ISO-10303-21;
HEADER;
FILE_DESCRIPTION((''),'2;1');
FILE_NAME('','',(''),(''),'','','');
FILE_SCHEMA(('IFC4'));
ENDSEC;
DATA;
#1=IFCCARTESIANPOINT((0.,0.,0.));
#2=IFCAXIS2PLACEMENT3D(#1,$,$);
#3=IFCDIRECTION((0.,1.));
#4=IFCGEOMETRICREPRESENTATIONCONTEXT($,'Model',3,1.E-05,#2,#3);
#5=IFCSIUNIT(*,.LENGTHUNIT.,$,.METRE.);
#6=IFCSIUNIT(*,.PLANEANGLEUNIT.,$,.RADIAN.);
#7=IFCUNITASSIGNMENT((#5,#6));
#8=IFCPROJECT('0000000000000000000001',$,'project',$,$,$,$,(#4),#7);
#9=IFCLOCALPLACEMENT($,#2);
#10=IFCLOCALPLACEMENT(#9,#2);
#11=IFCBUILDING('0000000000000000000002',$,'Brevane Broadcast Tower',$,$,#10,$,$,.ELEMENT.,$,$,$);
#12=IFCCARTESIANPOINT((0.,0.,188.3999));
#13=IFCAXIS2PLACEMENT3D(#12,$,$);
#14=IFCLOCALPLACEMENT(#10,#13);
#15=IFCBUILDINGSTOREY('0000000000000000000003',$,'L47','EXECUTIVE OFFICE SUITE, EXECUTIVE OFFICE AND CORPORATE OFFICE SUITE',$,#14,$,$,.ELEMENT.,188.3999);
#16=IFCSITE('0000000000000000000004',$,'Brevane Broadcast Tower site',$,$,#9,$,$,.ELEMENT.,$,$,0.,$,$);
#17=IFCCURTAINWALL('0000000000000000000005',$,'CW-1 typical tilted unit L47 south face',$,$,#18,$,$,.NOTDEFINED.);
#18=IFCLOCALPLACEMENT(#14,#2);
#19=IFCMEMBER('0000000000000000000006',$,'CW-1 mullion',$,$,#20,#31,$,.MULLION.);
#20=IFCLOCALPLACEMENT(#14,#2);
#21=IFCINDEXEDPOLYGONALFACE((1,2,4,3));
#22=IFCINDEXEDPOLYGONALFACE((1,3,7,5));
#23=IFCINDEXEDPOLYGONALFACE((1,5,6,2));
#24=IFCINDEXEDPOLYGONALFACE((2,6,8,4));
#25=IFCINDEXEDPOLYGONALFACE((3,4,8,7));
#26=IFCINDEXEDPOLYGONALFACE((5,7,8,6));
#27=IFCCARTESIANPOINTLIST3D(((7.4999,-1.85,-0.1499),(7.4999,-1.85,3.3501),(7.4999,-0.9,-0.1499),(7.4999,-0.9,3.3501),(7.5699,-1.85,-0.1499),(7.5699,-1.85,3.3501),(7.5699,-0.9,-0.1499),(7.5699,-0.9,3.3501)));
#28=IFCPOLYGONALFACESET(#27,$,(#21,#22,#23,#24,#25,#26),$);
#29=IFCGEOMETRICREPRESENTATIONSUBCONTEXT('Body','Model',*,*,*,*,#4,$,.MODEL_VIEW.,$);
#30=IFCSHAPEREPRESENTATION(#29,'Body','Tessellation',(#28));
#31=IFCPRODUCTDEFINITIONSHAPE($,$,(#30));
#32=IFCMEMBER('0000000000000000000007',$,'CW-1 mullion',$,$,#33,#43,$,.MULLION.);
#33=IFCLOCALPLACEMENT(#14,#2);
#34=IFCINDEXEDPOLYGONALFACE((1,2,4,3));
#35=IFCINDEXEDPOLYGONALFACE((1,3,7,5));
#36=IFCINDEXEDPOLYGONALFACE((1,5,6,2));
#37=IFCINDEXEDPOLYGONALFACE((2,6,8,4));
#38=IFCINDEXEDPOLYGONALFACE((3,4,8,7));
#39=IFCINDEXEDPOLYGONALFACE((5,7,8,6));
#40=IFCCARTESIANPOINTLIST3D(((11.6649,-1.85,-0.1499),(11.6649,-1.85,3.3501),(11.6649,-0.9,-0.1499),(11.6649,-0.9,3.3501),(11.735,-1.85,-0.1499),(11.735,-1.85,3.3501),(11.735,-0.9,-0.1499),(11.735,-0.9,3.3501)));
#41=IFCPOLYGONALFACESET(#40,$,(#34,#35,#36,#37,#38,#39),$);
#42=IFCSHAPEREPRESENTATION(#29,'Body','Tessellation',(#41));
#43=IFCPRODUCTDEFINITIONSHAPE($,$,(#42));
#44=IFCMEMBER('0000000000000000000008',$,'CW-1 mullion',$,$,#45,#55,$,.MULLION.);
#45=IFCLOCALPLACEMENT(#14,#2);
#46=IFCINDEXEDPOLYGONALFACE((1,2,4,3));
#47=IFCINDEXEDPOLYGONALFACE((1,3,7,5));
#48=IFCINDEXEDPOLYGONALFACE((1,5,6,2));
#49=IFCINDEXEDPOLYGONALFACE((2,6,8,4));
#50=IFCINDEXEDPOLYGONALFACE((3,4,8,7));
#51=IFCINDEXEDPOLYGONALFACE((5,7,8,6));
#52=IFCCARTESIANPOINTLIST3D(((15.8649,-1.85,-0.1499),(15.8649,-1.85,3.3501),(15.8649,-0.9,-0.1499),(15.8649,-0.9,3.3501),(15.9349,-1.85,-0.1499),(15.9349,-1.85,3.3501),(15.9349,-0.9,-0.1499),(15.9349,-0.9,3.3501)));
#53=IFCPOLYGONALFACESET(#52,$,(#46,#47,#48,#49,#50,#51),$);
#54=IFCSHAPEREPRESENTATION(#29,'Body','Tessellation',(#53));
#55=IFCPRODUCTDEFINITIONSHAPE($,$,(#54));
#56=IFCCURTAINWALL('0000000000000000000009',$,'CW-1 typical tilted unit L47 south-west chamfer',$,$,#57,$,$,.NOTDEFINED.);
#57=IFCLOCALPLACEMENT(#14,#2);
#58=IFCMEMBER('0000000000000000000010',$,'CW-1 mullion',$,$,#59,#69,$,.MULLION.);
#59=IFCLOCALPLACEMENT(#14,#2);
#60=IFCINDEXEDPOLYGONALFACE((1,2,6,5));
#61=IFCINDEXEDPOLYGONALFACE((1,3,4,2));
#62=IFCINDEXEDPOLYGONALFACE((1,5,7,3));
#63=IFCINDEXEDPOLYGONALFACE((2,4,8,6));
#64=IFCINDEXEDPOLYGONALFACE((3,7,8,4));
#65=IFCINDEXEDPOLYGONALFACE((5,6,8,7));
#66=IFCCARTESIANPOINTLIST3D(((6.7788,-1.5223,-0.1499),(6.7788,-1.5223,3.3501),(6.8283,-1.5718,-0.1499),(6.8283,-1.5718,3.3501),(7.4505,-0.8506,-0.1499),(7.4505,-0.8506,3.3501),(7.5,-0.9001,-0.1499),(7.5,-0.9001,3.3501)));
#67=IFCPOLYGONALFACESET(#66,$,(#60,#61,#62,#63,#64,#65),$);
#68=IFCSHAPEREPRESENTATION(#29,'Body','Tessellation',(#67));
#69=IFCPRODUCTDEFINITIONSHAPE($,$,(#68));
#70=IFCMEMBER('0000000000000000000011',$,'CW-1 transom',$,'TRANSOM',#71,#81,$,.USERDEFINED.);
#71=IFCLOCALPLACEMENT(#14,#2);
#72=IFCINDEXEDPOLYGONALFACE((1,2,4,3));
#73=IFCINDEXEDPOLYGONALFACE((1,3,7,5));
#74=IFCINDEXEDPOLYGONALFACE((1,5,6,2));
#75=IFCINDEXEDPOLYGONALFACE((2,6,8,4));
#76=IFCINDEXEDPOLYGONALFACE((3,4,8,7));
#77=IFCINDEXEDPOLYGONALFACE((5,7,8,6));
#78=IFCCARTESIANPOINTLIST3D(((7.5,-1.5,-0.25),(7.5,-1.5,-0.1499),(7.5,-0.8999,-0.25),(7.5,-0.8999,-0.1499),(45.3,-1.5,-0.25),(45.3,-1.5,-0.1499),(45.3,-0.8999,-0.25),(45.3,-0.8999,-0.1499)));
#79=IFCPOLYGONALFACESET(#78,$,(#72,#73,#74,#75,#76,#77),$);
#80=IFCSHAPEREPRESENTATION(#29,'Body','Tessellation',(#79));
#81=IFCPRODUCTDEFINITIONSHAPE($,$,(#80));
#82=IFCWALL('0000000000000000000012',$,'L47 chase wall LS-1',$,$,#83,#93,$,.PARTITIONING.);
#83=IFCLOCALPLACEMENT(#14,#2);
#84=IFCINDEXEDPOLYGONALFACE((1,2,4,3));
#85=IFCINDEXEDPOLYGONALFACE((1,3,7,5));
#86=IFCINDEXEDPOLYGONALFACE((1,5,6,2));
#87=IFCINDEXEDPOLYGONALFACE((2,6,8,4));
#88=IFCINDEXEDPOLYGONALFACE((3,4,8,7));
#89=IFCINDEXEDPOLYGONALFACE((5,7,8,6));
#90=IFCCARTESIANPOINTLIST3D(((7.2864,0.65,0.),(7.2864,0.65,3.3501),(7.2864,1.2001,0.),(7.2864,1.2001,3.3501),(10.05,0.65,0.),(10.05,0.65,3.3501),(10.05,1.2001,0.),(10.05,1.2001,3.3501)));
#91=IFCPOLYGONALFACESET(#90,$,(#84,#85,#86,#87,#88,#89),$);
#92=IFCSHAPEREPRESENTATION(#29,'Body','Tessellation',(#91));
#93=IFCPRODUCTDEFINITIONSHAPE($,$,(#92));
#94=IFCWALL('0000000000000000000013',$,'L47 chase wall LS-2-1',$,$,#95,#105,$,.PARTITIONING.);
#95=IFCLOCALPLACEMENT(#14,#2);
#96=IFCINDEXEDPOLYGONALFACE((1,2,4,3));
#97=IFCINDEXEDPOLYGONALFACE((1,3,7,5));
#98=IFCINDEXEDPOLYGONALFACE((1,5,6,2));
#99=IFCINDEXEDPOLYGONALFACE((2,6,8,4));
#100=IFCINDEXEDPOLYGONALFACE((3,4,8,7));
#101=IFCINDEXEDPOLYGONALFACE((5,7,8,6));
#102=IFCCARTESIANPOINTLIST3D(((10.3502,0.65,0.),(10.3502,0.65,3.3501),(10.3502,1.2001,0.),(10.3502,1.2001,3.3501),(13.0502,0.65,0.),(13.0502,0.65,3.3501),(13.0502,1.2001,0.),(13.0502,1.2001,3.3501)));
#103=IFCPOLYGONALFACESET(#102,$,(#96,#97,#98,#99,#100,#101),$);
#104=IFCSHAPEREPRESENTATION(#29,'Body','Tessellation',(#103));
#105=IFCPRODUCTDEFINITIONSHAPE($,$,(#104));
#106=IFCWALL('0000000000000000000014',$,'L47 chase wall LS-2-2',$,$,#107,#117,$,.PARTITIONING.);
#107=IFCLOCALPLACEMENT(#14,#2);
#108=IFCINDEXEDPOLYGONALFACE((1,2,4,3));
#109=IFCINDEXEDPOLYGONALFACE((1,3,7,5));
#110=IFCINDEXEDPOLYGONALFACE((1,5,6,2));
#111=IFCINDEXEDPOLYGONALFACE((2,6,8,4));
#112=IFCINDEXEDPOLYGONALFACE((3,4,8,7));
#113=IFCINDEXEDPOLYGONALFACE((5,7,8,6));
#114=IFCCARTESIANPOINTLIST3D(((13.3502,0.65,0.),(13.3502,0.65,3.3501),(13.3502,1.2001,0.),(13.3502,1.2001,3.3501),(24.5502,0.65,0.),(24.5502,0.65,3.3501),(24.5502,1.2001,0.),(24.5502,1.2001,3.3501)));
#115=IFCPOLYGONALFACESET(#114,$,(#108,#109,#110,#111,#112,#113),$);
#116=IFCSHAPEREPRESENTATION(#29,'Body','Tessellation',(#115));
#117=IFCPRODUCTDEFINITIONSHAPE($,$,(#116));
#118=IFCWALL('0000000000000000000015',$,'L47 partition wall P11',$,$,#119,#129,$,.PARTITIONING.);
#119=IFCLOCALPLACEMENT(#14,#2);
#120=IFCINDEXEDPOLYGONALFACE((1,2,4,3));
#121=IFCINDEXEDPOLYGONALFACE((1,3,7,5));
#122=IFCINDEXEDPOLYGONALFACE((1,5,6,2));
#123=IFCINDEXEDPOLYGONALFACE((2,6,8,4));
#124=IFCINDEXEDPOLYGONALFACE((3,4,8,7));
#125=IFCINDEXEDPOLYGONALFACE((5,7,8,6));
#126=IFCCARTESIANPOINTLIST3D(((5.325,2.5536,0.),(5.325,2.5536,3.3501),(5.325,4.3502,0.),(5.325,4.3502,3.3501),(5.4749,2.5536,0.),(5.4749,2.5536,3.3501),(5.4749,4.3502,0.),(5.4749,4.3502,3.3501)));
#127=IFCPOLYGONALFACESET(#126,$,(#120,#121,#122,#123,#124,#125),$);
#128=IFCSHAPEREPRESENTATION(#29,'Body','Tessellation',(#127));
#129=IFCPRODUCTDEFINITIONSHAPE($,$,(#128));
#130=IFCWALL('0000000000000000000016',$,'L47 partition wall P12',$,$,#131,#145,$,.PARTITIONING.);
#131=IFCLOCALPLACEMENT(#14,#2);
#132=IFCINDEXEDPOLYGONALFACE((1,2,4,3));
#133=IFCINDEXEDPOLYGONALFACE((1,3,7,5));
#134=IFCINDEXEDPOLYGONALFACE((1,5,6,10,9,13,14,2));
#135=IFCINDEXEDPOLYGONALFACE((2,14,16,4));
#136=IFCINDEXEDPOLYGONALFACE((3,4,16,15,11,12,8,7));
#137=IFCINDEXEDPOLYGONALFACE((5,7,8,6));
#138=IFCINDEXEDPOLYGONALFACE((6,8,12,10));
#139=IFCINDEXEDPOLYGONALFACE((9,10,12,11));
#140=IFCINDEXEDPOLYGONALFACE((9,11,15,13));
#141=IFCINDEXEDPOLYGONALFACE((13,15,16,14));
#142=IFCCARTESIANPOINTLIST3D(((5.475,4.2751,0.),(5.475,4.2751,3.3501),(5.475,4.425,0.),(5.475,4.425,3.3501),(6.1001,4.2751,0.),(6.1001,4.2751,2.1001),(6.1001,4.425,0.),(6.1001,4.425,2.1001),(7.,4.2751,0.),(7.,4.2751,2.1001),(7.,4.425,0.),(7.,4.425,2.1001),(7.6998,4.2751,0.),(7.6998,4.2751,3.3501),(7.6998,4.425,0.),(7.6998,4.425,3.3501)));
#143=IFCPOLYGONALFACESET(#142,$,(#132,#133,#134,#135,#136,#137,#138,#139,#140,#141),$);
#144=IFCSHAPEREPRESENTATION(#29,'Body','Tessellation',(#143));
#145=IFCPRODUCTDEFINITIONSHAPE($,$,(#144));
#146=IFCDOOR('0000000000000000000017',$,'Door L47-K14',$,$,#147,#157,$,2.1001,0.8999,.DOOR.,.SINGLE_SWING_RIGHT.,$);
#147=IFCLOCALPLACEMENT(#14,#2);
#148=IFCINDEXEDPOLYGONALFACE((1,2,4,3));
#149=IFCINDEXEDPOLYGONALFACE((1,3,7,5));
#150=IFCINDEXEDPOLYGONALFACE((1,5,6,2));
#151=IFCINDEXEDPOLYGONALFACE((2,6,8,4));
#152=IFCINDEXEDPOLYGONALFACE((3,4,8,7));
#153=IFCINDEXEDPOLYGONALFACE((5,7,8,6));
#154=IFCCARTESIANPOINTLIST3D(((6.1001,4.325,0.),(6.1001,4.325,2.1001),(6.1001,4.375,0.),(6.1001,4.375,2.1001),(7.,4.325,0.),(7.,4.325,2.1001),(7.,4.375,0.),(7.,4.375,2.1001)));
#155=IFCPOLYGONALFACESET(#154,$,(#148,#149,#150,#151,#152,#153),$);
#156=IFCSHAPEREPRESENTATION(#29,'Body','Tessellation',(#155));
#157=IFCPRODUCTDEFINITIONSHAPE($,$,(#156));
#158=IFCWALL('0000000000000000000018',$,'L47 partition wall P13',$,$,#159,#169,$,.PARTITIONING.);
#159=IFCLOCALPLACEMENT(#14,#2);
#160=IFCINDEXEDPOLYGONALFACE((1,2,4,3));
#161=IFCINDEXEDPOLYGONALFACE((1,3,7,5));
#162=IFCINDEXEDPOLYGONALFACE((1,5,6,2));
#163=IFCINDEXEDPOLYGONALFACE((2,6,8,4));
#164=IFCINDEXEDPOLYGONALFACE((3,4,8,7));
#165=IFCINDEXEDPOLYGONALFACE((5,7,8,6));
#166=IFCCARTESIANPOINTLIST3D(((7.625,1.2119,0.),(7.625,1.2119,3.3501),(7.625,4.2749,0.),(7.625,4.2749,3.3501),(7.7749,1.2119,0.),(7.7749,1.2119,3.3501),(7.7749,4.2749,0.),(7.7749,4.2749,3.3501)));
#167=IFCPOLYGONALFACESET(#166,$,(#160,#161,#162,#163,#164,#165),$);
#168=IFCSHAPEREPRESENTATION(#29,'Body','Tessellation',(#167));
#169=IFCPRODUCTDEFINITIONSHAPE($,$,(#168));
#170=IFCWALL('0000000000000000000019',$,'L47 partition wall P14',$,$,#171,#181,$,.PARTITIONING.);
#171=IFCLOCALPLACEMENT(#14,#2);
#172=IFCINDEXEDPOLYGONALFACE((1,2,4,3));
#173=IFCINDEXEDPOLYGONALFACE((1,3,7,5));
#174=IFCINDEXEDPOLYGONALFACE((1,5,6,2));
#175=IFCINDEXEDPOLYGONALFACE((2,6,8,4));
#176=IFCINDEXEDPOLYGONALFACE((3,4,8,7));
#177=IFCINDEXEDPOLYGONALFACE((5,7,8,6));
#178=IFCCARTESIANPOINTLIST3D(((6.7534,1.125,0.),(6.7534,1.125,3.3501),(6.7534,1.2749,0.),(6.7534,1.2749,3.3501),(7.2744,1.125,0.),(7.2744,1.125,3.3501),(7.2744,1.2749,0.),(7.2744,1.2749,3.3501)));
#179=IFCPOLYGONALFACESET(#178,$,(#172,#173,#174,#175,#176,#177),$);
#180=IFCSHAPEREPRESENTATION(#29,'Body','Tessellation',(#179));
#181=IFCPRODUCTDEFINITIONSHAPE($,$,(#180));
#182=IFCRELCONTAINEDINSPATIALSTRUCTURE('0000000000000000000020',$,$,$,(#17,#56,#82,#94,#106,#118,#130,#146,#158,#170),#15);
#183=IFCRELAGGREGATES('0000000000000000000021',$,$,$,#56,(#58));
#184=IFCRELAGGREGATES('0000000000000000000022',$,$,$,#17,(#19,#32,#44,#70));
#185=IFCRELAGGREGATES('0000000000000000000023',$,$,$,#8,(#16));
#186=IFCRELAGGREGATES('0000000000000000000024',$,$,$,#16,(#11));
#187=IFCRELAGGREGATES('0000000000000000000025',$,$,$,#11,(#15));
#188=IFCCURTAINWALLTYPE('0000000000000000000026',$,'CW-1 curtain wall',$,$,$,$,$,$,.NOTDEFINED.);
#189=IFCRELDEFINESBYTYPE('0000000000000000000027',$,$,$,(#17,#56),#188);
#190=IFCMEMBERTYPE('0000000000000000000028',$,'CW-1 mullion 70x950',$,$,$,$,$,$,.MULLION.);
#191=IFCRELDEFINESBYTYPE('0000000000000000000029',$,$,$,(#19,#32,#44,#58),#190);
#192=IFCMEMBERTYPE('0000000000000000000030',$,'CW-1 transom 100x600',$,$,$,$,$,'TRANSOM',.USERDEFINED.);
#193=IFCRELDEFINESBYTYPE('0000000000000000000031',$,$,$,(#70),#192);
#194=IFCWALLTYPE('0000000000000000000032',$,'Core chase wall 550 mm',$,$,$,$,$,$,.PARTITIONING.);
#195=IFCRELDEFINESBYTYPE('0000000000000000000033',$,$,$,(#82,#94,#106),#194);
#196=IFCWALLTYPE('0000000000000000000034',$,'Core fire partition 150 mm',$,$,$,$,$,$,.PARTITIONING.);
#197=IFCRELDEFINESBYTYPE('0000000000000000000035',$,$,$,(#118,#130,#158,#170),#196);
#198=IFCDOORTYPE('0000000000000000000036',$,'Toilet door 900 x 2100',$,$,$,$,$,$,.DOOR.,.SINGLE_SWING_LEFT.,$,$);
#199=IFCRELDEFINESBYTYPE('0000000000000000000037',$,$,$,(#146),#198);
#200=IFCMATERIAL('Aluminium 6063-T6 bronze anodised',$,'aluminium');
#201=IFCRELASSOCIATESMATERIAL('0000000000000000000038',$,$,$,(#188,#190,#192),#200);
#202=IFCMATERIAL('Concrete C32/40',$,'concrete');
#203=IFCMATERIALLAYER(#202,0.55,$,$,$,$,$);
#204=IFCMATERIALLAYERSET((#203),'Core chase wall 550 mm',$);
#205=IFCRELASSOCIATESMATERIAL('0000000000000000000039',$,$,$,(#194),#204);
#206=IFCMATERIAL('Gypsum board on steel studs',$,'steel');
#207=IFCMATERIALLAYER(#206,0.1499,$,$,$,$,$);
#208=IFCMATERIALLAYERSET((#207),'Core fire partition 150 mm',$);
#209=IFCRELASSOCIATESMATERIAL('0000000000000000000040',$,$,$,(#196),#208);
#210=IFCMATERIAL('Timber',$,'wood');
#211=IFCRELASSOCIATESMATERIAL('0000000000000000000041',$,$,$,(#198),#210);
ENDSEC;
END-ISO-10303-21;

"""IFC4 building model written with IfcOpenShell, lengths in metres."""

from ifc_helpers import new_model, si_unit, direction, frame, frame_2d, origin, origin_2d, place, context, subcontext, project, spatial, rectangle, extrude, material, layer, layer_set, material_profile, profile_set, type_object, element, fill, aggregate, save


model = new_model("IFC4")

# Units and contexts
model_context = context("Model", 3, precision=1e-05, world=origin(), true_north=direction((0.0, 1.0)))
body_context = subcontext(model_context, "Body", "Model", "MODEL_VIEW")
ifc_project = project(units=[si_unit("LENGTHUNIT", "METRE"), si_unit("PLANEANGLEUNIT", "RADIAN")], contexts=[model_context])

# Site, building, storey
site_placement = place(None, origin())
site = spatial("IfcSite", under=ifc_project, at=site_placement, Name="Brevane Broadcast Tower site", CompositionType="ELEMENT", RefElevation=0.0)
building_placement = place(site_placement, origin())
building = spatial("IfcBuilding", under=site, at=building_placement, Name="Brevane Broadcast Tower", CompositionType="ELEMENT")
storey_placement = place(building_placement, frame((0.0, 0.0, 188.3999)))
storey = spatial("IfcBuildingStorey", under=building, at=storey_placement, Name="L47", Description="EXECUTIVE OFFICE SUITE, EXECUTIVE OFFICE AND CORPORATE OFFICE SUITE", CompositionType="ELEMENT", Elevation=188.3999)

# Curtain wall, members
ifc_material_1 = material(Name="Aluminium 6063-T6 bronze anodised", Category="aluminium")
curtain_wall_type = type_object("IfcCurtainWallType", Name="CW-1 curtain wall", PredefinedType="NOTDEFINED", material=ifc_material_1)
curtain_wall_1_placement = place(storey_placement, origin())
curtain_wall_1 = element("IfcCurtainWall", 1, at=curtain_wall_1_placement, inside=storey, type_object=curtain_wall_type, Name="CW-1 typical tilted unit L47 south face", PredefinedType="NOTDEFINED")
ifc_material_profile_1 = material_profile(ifc_material_1, rectangle(XDim=0.95, YDim=0.0701, at=origin_2d()), Name="RECT 70x950")
ifc_profile_set_1 = profile_set([ifc_material_profile_1], Name="Aluminium 6063-T6 bronze anodised")
member_type_1 = type_object("IfcMemberType", Name="CW-1 mullion 70x950", PredefinedType="MULLION", material=ifc_profile_set_1)
member_1_placement = place(storey_placement, frame((7.5349, -1.375, -0.1499), z_axis=(0.0, 0.0, 1.0), x_axis=(0.0, 1.0, 0.0)))
member_1 = element("IfcMember", 2, at=member_1_placement, type_object=member_type_1, Name="CW-1 mullion", PredefinedType="MULLION", context=body_context, shape_type="SweptSolid", body=[
    extrude(rectangle(XDim=0.95, YDim=0.0701, at=origin_2d()), origin(), (0.0, 0.0, 1.0), 3.5),
])
member_2_placement = place(storey_placement, frame((11.7, -1.375, -0.1499), z_axis=(0.0, 0.0, 1.0), x_axis=(0.0, 1.0, 0.0)))
member_2 = element("IfcMember", 3, at=member_2_placement, type_object=member_type_1, Name="CW-1 mullion", PredefinedType="MULLION", context=body_context, shape_type="SweptSolid", body=[
    extrude(rectangle(XDim=0.95, YDim=0.0701, at=origin_2d()), origin(), (0.0, 0.0, 1.0), 3.5),
])
member_3_placement = place(storey_placement, frame((15.8999, -1.375, -0.1499), z_axis=(0.0, 0.0, 1.0), x_axis=(0.0, 1.0, 0.0)))
member_3 = element("IfcMember", 4, at=member_3_placement, type_object=member_type_1, Name="CW-1 mullion", PredefinedType="MULLION", context=body_context, shape_type="SweptSolid", body=[
    extrude(rectangle(XDim=0.95, YDim=0.0701, at=origin_2d()), origin(), (0.0, 0.0, 1.0), 3.5),
])

# Curtain wall, member
curtain_wall_2_placement = place(storey_placement, origin())
curtain_wall_2 = element("IfcCurtainWall", 5, at=curtain_wall_2_placement, inside=storey, type_object=curtain_wall_type, Name="CW-1 typical tilted unit L47 south-west chamfer", PredefinedType="NOTDEFINED")
member_4_placement = place(storey_placement, frame((7.1394, -1.2112, -0.1499), z_axis=(0.0, 0.0, 1.0), x_axis=(0.707107, 0.707107, 0.0)))
member_4 = element("IfcMember", 6, at=member_4_placement, type_object=member_type_1, Name="CW-1 mullion", PredefinedType="MULLION", context=body_context, shape_type="SweptSolid", body=[
    extrude(rectangle(XDim=0.95, YDim=0.0701, at=origin_2d()), origin(), (0.0, 0.0, 1.0), 3.5),
])
aggregate(curtain_wall_2, [member_4])

# Member
ifc_material_profile_2 = material_profile(ifc_material_1, rectangle(XDim=0.6001, YDim=0.1001, at=origin_2d()), Name="RECT 100x600")
ifc_profile_set_2 = profile_set([ifc_material_profile_2], Name="Aluminium 6063-T6 bronze anodised")
member_type_2 = type_object("IfcMemberType", Name="CW-1 transom 100x600", ElementType="TRANSOM", PredefinedType="USERDEFINED", material=ifc_profile_set_2)
member_5_placement = place(storey_placement, frame((7.5, -1.2, -0.2), z_axis=(1.0, 0.0, 0.0), x_axis=(0.0, 1.0, 0.0)))
member_5 = element("IfcMember", 7, at=member_5_placement, type_object=member_type_2, Name="CW-1 transom", ObjectType="TRANSOM", PredefinedType="USERDEFINED", context=body_context, shape_type="SweptSolid", body=[
    extrude(rectangle(XDim=0.6001, YDim=0.1001, at=origin_2d()), origin(), (0.0, 0.0, 1.0), 37.8),
])
aggregate(curtain_wall_1, [member_1, member_2, member_3, member_5])

# Walls
ifc_material_2 = material(Name="Concrete C32/40", Category="concrete")
ifc_layer_1 = layer(ifc_material_2, 0.55)
ifc_layer_set_1 = layer_set([ifc_layer_1], Name="Core chase wall 550 mm")
wall_type_1 = type_object("IfcWallType", Name="Core chase wall 550 mm", PredefinedType="PARTITIONING", material=ifc_layer_set_1)
wall_1_placement = place(storey_placement, frame((7.2864, 0.925, 0.0), z_axis=(0.0, 0.0, 1.0), x_axis=(1.0, 0.0, 0.0)))
element("IfcWall", 8, at=wall_1_placement, inside=storey, type_object=wall_type_1, Name="L47 chase wall LS-1", PredefinedType="PARTITIONING", context=body_context, shape_type="SweptSolid", body=[
    extrude(rectangle(XDim=2.7637, YDim=0.55, at=frame_2d((1.3818, 0.0))), origin(), (0.0, 0.0, 1.0), 3.3501),
])
wall_2_placement = place(storey_placement, frame((10.3501, 0.925, 0.0), z_axis=(0.0, 0.0, 1.0), x_axis=(1.0, 0.0, 0.0)))
element("IfcWall", 9, at=wall_2_placement, inside=storey, type_object=wall_type_1, Name="L47 chase wall LS-2-1", PredefinedType="PARTITIONING", context=body_context, shape_type="SweptSolid", body=[
    extrude(rectangle(XDim=2.7, YDim=0.55, at=frame_2d((1.3501, 0.0))), origin(), (0.0, 0.0, 1.0), 3.3501),
])
wall_3_placement = place(storey_placement, frame((13.3501, 0.925, 0.0), z_axis=(0.0, 0.0, 1.0), x_axis=(1.0, 0.0, 0.0)))
element("IfcWall", 10, at=wall_3_placement, inside=storey, type_object=wall_type_1, Name="L47 chase wall LS-2-2", PredefinedType="PARTITIONING", context=body_context, shape_type="SweptSolid", body=[
    extrude(rectangle(XDim=11.2, YDim=0.55, at=frame_2d((5.6001, 0.0))), origin(), (0.0, 0.0, 1.0), 3.3501),
])
ifc_material_3 = material(Name="Gypsum board on steel studs", Category="steel")
ifc_layer_2 = layer(ifc_material_3, 0.1499)
ifc_layer_set_2 = layer_set([ifc_layer_2], Name="Core fire partition 150 mm")
wall_type_2 = type_object("IfcWallType", Name="Core fire partition 150 mm", PredefinedType="PARTITIONING", material=ifc_layer_set_2)
wall_4_placement = place(storey_placement, frame((5.3999, 2.5535, 0.0), z_axis=(0.0, 0.0, 1.0), x_axis=(0.0, 1.0, 0.0)))
element("IfcWall", 11, at=wall_4_placement, inside=storey, type_object=wall_type_2, Name="L47 partition wall P11", PredefinedType="PARTITIONING", context=body_context, shape_type="SweptSolid", body=[
    extrude(rectangle(XDim=1.7966, YDim=0.1499, at=frame_2d((0.8984, 0.0))), origin(), (0.0, 0.0, 1.0), 3.3501),
])

# Wall, opening, door
wall_5_placement = place(storey_placement, frame((5.4751, 4.3501, 0.0), z_axis=(0.0, 0.0, 1.0), x_axis=(1.0, 0.0, 0.0)))
wall_5 = element("IfcWall", 12, at=wall_5_placement, inside=storey, type_object=wall_type_2, Name="L47 partition wall P12", PredefinedType="PARTITIONING", context=body_context, shape_type="SweptSolid", body=[
    extrude(rectangle(XDim=2.2249, YDim=0.1499, at=frame_2d((1.1123, 0.0))), origin(), (0.0, 0.0, 1.0), 3.3501),
])
opening_1_placement = place(wall_5_placement, frame((0.625, 0.0, 0.0)))
opening_1 = element("IfcOpeningElement", 13, at=opening_1_placement, cuts=wall_5, PredefinedType="OPENING", context=body_context, shape_type="SweptSolid", body=[
    extrude(rectangle(XDim=0.8999, YDim=2.1001, at=frame_2d((0.45, 1.05))), frame((0.0, 0.085, 0.0), z_axis=(0.0, -1.0, 0.0), x_axis=(1.0, 0.0, 0.0)), (0.0, 0.0, 1.0), 0.1699),
])
ifc_material_4 = material(Name="Timber", Category="wood")
door_type_1 = type_object("IfcDoorType", Name="Toilet door 900 x 2100", OperationType="SINGLE_SWING_LEFT", PredefinedType="DOOR", material=ifc_material_4)
door_1_placement = place(opening_1_placement, origin())
door_1 = element("IfcDoor", 14, at=door_1_placement, inside=storey, type_object=door_type_1, Name="Door L47-K14", OperationType="SINGLE_SWING_RIGHT", OverallHeight=2.1001, OverallWidth=0.8999, PredefinedType="DOOR", context=body_context, shape_type="SweptSolid", body=[
    extrude(rectangle(XDim=0.8999, YDim=2.1001, at=frame_2d((0.45, 1.05))), frame((0.0, 0.0249, 0.0), z_axis=(0.0, -1.0, 0.0), x_axis=(1.0, 0.0, 0.0)), (0.0, 0.0, 1.0), 0.05),
])
fill(opening_1, door_1)

# Walls
wall_6_placement = place(storey_placement, frame((7.7, 4.2749, 0.0), z_axis=(0.0, 0.0, 1.0), x_axis=(0.0, -1.0, 0.0)))
element("IfcWall", 15, at=wall_6_placement, inside=storey, type_object=wall_type_2, Name="L47 partition wall P13", PredefinedType="PARTITIONING", context=body_context, shape_type="SweptSolid", body=[
    extrude(rectangle(XDim=3.063, YDim=0.1499, at=frame_2d((1.5315, 0.0))), origin(), (0.0, 0.0, 1.0), 3.3501),
])
wall_7_placement = place(storey_placement, frame((7.2744, 1.2, 0.0), z_axis=(0.0, 0.0, 1.0), x_axis=(-1.0, 0.0, 0.0)))
element("IfcWall", 16, at=wall_7_placement, inside=storey, type_object=wall_type_2, Name="L47 partition wall P14", PredefinedType="PARTITIONING", context=body_context, shape_type="SweptSolid", body=[
    extrude(rectangle(XDim=0.521, YDim=0.1499, at=frame_2d((0.2605, 0.0))), origin(), (0.0, 0.0, 1.0), 3.3501),
])

save(model, "model.ifc")
